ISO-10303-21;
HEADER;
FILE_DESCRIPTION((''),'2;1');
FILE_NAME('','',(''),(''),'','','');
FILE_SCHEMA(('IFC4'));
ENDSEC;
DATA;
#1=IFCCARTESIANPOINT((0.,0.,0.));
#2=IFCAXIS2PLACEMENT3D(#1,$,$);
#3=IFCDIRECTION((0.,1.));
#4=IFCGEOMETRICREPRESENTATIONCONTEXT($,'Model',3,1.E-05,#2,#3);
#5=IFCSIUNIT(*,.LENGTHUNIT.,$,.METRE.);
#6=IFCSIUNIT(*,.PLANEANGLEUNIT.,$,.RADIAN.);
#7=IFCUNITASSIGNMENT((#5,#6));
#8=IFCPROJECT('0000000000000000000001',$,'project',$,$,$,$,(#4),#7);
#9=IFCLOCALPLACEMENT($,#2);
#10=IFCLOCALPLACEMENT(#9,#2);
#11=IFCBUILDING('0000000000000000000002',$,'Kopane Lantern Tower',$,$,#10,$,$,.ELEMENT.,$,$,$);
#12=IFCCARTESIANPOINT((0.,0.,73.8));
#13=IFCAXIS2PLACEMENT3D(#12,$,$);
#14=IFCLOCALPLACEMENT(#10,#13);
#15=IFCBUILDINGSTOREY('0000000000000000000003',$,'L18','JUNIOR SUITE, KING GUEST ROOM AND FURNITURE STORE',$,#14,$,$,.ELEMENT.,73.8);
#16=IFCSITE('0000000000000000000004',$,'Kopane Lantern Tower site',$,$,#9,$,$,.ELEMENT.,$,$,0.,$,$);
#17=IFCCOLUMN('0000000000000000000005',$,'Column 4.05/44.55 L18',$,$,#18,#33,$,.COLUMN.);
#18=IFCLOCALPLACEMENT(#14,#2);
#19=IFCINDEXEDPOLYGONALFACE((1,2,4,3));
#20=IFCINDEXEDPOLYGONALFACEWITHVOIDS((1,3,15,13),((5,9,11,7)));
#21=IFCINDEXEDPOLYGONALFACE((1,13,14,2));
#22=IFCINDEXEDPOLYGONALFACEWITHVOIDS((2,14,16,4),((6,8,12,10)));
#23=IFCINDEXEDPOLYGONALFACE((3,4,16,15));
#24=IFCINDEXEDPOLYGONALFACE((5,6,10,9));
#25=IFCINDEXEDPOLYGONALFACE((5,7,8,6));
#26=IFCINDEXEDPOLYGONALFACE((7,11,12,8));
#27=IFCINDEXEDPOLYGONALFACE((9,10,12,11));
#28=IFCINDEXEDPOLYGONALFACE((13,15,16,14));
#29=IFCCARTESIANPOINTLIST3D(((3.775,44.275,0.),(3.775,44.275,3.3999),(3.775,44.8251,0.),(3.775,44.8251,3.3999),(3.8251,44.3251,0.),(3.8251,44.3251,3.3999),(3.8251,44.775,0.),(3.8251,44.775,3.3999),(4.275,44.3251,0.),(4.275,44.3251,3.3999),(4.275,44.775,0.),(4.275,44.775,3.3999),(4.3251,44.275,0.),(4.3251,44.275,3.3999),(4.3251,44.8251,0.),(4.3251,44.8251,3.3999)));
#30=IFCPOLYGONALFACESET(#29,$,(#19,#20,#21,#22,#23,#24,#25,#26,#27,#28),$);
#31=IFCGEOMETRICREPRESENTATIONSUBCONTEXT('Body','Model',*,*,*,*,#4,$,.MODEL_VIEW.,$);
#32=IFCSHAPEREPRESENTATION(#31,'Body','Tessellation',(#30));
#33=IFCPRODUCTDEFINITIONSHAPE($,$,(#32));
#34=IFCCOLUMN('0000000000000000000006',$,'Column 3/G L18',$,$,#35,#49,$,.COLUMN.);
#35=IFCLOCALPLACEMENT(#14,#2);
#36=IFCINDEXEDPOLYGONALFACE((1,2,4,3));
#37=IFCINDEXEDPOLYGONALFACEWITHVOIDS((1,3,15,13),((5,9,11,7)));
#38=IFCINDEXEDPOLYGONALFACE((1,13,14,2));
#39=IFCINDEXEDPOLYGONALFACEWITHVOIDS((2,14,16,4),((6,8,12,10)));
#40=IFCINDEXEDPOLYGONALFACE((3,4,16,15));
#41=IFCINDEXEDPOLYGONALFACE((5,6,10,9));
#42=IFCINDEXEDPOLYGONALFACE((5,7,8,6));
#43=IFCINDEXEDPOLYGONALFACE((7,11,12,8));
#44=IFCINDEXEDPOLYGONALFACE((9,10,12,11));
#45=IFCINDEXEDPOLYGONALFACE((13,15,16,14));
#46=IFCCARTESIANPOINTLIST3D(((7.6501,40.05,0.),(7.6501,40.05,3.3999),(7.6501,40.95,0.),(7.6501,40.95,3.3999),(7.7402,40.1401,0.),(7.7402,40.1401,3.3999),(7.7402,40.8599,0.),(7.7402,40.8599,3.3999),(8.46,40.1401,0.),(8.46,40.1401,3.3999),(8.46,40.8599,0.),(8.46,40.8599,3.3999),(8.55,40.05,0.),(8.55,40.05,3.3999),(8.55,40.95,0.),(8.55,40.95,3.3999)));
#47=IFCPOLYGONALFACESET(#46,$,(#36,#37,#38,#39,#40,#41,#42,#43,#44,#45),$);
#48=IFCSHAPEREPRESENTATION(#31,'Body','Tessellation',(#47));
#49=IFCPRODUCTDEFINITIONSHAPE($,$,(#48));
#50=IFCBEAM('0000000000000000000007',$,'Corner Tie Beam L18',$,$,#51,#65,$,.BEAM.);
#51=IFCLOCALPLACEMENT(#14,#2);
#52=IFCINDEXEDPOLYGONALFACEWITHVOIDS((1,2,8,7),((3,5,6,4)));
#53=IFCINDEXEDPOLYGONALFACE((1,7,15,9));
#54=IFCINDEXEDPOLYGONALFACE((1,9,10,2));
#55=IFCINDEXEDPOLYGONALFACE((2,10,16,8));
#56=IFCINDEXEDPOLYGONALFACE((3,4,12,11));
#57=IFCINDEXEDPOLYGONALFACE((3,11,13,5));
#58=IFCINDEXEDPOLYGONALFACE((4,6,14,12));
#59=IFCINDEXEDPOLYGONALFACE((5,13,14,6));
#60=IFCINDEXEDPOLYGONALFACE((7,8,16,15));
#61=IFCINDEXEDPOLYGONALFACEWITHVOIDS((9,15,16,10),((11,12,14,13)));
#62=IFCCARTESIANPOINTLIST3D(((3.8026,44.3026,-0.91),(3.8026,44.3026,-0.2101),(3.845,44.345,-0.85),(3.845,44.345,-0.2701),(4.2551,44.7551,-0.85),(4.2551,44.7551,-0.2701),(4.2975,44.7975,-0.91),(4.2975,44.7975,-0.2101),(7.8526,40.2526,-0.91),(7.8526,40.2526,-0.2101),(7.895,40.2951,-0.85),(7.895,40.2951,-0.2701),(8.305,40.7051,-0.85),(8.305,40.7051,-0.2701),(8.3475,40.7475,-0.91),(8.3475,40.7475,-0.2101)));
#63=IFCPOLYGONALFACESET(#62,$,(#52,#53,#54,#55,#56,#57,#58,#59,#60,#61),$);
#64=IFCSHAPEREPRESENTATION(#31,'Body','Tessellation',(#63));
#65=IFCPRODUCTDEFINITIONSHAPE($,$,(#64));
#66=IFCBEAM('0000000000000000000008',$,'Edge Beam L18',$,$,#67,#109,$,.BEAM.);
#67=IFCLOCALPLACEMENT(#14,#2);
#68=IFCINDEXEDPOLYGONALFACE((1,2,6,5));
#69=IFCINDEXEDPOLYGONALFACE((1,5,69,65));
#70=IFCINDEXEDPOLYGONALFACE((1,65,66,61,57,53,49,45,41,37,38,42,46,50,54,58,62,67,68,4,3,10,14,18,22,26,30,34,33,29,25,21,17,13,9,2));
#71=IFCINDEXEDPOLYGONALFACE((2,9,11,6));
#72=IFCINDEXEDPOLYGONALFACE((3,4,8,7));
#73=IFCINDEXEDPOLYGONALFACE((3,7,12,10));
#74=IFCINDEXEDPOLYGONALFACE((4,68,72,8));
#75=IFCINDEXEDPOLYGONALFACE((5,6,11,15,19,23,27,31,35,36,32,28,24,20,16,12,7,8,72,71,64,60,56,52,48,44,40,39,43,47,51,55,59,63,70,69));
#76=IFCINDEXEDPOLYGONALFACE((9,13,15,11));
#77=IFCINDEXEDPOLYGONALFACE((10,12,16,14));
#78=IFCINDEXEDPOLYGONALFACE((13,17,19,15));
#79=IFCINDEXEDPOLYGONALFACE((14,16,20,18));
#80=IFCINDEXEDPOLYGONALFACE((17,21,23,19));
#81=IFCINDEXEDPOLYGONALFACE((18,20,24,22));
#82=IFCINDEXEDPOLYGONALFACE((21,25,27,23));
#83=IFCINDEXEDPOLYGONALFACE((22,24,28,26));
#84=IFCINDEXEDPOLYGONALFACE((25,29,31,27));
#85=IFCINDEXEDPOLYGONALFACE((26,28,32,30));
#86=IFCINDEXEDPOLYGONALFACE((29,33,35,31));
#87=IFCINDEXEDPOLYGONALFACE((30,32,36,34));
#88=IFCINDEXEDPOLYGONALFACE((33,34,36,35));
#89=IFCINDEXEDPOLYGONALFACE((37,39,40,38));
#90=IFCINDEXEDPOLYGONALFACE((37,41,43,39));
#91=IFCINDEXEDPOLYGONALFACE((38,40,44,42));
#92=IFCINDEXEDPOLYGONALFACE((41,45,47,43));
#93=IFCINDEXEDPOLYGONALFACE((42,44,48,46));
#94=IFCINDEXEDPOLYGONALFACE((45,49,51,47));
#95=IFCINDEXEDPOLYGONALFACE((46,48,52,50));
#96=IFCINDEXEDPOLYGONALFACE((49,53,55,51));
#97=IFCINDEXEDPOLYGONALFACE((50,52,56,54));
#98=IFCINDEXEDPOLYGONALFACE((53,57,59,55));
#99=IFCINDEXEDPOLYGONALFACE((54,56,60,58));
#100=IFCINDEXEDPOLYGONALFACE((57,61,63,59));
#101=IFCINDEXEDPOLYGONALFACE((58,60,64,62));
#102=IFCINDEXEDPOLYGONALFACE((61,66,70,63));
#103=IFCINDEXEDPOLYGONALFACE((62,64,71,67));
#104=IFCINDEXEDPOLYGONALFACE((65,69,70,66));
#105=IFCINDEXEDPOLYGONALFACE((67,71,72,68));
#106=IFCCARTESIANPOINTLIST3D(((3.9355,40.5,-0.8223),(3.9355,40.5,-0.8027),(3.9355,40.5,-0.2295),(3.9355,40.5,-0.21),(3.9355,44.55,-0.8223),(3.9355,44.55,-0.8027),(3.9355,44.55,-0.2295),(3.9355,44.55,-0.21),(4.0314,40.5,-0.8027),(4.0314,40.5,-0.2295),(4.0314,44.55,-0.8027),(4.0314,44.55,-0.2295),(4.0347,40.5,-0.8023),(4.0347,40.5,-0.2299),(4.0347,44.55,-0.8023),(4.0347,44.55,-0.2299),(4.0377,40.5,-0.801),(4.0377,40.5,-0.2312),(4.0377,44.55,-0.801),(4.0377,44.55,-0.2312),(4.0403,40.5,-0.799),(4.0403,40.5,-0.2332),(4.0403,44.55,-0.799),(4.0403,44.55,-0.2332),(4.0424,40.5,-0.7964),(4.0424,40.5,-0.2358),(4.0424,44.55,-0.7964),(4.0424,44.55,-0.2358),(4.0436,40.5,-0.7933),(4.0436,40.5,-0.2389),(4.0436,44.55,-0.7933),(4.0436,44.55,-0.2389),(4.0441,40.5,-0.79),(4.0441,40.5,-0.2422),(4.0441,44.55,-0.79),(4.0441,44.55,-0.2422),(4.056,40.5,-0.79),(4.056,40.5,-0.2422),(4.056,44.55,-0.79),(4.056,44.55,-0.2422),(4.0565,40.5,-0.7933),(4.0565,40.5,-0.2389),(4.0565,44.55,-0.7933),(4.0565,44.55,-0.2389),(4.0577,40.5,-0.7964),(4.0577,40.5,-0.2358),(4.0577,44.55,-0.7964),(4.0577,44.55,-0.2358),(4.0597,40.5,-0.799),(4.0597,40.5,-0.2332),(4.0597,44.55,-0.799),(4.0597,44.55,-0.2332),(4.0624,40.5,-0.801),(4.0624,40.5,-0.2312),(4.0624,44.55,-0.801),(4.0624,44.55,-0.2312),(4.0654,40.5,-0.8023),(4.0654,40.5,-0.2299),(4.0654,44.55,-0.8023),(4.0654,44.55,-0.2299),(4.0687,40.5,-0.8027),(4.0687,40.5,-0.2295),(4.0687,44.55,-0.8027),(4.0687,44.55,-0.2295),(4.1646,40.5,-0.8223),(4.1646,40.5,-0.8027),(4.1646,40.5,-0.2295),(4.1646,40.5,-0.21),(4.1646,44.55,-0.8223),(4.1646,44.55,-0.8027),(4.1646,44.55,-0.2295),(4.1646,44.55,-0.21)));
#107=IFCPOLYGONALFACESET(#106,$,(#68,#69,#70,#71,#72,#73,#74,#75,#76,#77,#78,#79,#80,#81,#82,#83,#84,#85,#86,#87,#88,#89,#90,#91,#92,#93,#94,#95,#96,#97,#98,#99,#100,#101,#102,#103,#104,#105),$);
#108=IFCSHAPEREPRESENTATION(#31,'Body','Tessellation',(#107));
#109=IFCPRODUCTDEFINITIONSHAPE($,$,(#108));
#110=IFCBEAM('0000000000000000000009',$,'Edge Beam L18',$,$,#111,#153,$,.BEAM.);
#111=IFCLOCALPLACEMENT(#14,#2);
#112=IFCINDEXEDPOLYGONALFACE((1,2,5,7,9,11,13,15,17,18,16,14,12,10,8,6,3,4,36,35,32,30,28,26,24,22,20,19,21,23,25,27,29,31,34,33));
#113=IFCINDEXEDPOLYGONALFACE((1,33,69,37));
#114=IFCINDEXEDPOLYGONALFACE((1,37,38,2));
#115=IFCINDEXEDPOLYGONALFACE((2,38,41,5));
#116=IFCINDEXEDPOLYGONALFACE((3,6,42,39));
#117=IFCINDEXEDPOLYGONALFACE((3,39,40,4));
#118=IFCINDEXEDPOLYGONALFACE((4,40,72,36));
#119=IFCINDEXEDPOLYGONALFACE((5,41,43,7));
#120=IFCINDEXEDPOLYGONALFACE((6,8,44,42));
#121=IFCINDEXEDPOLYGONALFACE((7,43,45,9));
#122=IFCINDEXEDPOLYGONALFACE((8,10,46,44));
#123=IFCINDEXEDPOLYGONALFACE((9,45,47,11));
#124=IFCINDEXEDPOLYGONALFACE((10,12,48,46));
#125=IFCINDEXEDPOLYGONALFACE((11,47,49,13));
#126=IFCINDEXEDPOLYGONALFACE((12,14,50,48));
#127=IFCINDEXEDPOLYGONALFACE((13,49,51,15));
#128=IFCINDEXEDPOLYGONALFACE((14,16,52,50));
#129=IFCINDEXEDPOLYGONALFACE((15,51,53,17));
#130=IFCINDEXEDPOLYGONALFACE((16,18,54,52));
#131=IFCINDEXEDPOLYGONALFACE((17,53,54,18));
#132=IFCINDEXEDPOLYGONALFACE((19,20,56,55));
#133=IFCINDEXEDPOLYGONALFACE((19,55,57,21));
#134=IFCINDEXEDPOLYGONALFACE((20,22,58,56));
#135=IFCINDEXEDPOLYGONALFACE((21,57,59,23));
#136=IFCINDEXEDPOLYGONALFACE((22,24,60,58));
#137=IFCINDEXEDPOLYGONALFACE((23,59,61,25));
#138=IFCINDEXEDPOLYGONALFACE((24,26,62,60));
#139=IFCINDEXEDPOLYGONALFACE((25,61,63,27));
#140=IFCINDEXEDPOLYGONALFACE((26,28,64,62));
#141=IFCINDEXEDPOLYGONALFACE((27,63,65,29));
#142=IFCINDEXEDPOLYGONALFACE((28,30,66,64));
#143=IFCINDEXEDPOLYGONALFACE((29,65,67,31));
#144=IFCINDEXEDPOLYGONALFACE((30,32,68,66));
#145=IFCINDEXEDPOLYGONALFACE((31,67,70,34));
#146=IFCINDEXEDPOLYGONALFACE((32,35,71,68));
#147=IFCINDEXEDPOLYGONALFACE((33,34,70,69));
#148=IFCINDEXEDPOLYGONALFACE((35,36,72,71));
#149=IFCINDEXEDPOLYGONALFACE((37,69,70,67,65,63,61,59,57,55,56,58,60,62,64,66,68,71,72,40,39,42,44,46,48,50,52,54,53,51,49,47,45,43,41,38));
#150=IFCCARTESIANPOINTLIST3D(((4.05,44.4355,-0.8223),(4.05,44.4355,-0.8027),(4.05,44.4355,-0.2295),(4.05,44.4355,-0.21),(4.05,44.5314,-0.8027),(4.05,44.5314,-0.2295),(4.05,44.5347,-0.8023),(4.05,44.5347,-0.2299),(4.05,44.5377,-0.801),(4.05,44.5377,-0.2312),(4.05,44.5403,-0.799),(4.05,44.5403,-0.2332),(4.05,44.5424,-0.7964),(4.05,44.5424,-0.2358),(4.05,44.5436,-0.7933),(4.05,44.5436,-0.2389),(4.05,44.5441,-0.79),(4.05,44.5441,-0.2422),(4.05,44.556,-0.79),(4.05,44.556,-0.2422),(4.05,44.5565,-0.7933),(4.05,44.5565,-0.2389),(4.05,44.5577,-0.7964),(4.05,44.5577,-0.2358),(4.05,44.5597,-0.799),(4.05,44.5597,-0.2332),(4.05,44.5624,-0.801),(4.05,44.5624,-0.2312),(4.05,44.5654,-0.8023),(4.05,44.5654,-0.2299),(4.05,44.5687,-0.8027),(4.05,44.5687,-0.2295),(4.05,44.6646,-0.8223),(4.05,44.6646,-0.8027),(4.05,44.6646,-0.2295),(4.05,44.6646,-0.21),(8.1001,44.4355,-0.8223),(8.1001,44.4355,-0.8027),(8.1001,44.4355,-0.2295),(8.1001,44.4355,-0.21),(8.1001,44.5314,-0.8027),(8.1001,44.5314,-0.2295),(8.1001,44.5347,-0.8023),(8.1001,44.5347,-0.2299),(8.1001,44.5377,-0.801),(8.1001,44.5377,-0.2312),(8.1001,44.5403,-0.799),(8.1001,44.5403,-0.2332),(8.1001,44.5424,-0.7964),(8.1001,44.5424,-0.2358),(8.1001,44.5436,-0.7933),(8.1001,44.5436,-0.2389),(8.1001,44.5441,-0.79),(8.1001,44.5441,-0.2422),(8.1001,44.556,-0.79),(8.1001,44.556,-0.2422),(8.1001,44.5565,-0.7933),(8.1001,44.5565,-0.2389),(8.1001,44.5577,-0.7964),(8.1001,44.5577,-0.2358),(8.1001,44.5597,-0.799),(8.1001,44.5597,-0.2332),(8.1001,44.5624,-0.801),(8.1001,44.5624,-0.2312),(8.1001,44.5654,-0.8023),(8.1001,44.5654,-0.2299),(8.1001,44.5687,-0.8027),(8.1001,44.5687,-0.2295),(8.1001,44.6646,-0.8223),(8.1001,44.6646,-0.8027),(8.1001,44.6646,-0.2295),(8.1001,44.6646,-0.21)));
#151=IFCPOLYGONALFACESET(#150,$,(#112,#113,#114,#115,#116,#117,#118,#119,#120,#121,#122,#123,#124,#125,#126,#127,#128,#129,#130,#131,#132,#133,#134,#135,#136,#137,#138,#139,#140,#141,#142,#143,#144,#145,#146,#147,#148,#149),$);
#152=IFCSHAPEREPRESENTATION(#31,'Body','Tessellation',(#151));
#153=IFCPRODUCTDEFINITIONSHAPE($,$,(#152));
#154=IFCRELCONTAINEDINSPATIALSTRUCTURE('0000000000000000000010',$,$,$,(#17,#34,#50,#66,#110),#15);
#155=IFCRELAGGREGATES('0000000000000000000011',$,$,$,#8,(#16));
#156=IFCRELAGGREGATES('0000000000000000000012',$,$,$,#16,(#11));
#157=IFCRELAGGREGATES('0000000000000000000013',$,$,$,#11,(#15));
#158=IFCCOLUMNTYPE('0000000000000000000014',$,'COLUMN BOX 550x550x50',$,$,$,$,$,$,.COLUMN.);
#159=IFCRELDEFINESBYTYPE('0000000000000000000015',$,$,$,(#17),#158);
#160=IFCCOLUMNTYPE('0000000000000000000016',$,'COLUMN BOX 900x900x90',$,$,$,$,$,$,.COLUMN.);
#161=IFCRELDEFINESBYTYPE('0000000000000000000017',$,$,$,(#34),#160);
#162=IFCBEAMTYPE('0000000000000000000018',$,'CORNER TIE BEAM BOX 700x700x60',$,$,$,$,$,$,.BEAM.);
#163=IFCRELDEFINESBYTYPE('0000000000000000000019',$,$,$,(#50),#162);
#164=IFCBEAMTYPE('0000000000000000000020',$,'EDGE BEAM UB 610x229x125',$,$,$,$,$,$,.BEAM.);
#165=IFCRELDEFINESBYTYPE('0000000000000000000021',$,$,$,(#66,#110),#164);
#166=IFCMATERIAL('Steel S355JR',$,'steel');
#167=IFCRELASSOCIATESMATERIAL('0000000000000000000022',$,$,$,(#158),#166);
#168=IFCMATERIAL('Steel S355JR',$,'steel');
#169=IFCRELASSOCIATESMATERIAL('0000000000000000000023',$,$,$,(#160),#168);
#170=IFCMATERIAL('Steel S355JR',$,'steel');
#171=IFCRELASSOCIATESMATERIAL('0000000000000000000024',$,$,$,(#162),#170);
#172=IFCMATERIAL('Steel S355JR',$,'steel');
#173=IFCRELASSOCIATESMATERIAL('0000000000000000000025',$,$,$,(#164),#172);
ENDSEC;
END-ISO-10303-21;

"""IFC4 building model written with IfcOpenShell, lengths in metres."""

from ifc_helpers import new_model, si_unit, direction, frame, origin, origin_2d, place, context, subcontext, project, spatial, hollow_rectangle, i_section, extrude, material, material_profile, profile_set, type_object, element, save


model = new_model("IFC4")

# Units and contexts
model_context = context("Model", 3, precision=1e-05, world=origin(), true_north=direction((0.0, 1.0)))
body_context = subcontext(model_context, "Body", "Model", "MODEL_VIEW")
ifc_project = project(units=[si_unit("LENGTHUNIT", "METRE"), si_unit("PLANEANGLEUNIT", "RADIAN")], contexts=[model_context])

# Site, building, storey
site_placement = place(None, origin())
site = spatial("IfcSite", under=ifc_project, at=site_placement, Name="Kopane Lantern Tower site", CompositionType="ELEMENT", RefElevation=0.0)
building_placement = place(site_placement, origin())
building = spatial("IfcBuilding", under=site, at=building_placement, Name="Kopane Lantern Tower", CompositionType="ELEMENT")
storey_placement = place(building_placement, frame((0.0, 0.0, 73.8)))
storey = spatial("IfcBuildingStorey", under=building, at=storey_placement, Name="L18", Description="JUNIOR SUITE, KING GUEST ROOM AND FURNITURE STORE", CompositionType="ELEMENT", Elevation=73.8)

# Columns
ifc_material_1 = material(Name="Steel S355JR", Category="steel")
ifc_material_profile_1 = material_profile(ifc_material_1, hollow_rectangle(XDim=0.55, YDim=0.55, WallThickness=0.05, at=origin_2d()), Name="BOX 550x550x50")
ifc_profile_set_1 = profile_set([ifc_material_profile_1], Name="Steel S355JR")
column_type_1 = type_object("IfcColumnType", Name="COLUMN BOX 550x550x50", PredefinedType="COLUMN", material=ifc_profile_set_1)
column_1_placement = place(storey_placement, frame((4.05, 44.55, 0.0), z_axis=(0.0, 0.0, 1.0), x_axis=(1.0, 0.0, 0.0)))
element("IfcColumn", 1, at=column_1_placement, inside=storey, type_object=column_type_1, Name="Column 4.05/44.55 L18", PredefinedType="COLUMN", context=body_context, shape_type="SweptSolid", body=[
    extrude(hollow_rectangle(XDim=0.55, YDim=0.55, WallThickness=0.05, at=origin_2d()), origin(), (0.0, 0.0, 1.0), 3.3999),
])
ifc_material_2 = material(Name="Steel S355JR", Category="steel")
ifc_material_profile_2 = material_profile(ifc_material_2, hollow_rectangle(XDim=0.8999, YDim=0.8999, WallThickness=0.0901, at=origin_2d()), Name="BOX 900x900x90")
ifc_profile_set_2 = profile_set([ifc_material_profile_2], Name="Steel S355JR")
column_type_2 = type_object("IfcColumnType", Name="COLUMN BOX 900x900x90", PredefinedType="COLUMN", material=ifc_profile_set_2)
column_2_placement = place(storey_placement, frame((8.1001, 40.5, 0.0), z_axis=(0.0, 0.0, 1.0), x_axis=(1.0, 0.0, 0.0)))
element("IfcColumn", 2, at=column_2_placement, inside=storey, type_object=column_type_2, Name="Column 3/G L18", PredefinedType="COLUMN", context=body_context, shape_type="SweptSolid", body=[
    extrude(hollow_rectangle(XDim=0.8999, YDim=0.8999, WallThickness=0.0901, at=origin_2d()), origin(), (0.0, 0.0, 1.0), 3.3999),
])

# Beams
ifc_material_3 = material(Name="Steel S355JR", Category="steel")
ifc_material_profile_3 = material_profile(ifc_material_3, hollow_rectangle(XDim=0.7, YDim=0.7, WallThickness=0.0601, at=origin_2d()), Name="BOX 700x700x60")
ifc_profile_set_3 = profile_set([ifc_material_profile_3], Name="Steel S355JR")
beam_type_1 = type_object("IfcBeamType", Name="CORNER TIE BEAM BOX 700x700x60", PredefinedType="BEAM", material=ifc_profile_set_3)
beam_1_placement = place(storey_placement, frame((4.05, 44.55, -0.5601), z_axis=(0.707107, -0.707107, 0.0), x_axis=(0.707107, 0.707107, 0.0)))
element("IfcBeam", 3, at=beam_1_placement, inside=storey, type_object=beam_type_1, Name="Corner Tie Beam L18", PredefinedType="BEAM", context=body_context, shape_type="SweptSolid", body=[
    extrude(hollow_rectangle(XDim=0.7, YDim=0.7, WallThickness=0.0601, at=origin_2d()), origin(), (0.0, 0.0, 1.0), 5.7275),
])
ifc_material_4 = material(Name="Steel S355JR", Category="steel")
ifc_material_profile_4 = material_profile(ifc_material_4, i_section(OverallWidth=0.229, OverallDepth=0.6123, WebThickness=0.012, FlangeThickness=0.0195, FilletRadius=0.0127, at=origin_2d()), Name="UB 610x229x125")
ifc_profile_set_4 = profile_set([ifc_material_profile_4], Name="Steel S355JR")
beam_type_2 = type_object("IfcBeamType", Name="EDGE BEAM UB 610x229x125", PredefinedType="BEAM", material=ifc_profile_set_4)
for number, where, z_axis, x_axis, name in (
    (4, (4.05, 44.55, -0.5161), (0.0, -1.0, 0.0), (1.0, 0.0, 0.0), "Edge Beam L18"),
    (5, (4.05, 44.55, -0.5161), (1.0, 0.0, 0.0), (0.0, 1.0, 0.0), "Edge Beam L18"),
):
    element("IfcBeam", number, at=place(storey_placement, frame(where, z_axis=z_axis, x_axis=x_axis)), inside=storey, type_object=beam_type_2, Name=name, PredefinedType="BEAM", context=body_context, shape_type="SweptSolid", body=[
        extrude(i_section(OverallWidth=0.229, OverallDepth=0.6123, WebThickness=0.012, FlangeThickness=0.0195, FilletRadius=0.0127, at=origin_2d()), origin(), (0.0, 0.0, 1.0), 4.05),
    ])

save(model, "model.ifc")
